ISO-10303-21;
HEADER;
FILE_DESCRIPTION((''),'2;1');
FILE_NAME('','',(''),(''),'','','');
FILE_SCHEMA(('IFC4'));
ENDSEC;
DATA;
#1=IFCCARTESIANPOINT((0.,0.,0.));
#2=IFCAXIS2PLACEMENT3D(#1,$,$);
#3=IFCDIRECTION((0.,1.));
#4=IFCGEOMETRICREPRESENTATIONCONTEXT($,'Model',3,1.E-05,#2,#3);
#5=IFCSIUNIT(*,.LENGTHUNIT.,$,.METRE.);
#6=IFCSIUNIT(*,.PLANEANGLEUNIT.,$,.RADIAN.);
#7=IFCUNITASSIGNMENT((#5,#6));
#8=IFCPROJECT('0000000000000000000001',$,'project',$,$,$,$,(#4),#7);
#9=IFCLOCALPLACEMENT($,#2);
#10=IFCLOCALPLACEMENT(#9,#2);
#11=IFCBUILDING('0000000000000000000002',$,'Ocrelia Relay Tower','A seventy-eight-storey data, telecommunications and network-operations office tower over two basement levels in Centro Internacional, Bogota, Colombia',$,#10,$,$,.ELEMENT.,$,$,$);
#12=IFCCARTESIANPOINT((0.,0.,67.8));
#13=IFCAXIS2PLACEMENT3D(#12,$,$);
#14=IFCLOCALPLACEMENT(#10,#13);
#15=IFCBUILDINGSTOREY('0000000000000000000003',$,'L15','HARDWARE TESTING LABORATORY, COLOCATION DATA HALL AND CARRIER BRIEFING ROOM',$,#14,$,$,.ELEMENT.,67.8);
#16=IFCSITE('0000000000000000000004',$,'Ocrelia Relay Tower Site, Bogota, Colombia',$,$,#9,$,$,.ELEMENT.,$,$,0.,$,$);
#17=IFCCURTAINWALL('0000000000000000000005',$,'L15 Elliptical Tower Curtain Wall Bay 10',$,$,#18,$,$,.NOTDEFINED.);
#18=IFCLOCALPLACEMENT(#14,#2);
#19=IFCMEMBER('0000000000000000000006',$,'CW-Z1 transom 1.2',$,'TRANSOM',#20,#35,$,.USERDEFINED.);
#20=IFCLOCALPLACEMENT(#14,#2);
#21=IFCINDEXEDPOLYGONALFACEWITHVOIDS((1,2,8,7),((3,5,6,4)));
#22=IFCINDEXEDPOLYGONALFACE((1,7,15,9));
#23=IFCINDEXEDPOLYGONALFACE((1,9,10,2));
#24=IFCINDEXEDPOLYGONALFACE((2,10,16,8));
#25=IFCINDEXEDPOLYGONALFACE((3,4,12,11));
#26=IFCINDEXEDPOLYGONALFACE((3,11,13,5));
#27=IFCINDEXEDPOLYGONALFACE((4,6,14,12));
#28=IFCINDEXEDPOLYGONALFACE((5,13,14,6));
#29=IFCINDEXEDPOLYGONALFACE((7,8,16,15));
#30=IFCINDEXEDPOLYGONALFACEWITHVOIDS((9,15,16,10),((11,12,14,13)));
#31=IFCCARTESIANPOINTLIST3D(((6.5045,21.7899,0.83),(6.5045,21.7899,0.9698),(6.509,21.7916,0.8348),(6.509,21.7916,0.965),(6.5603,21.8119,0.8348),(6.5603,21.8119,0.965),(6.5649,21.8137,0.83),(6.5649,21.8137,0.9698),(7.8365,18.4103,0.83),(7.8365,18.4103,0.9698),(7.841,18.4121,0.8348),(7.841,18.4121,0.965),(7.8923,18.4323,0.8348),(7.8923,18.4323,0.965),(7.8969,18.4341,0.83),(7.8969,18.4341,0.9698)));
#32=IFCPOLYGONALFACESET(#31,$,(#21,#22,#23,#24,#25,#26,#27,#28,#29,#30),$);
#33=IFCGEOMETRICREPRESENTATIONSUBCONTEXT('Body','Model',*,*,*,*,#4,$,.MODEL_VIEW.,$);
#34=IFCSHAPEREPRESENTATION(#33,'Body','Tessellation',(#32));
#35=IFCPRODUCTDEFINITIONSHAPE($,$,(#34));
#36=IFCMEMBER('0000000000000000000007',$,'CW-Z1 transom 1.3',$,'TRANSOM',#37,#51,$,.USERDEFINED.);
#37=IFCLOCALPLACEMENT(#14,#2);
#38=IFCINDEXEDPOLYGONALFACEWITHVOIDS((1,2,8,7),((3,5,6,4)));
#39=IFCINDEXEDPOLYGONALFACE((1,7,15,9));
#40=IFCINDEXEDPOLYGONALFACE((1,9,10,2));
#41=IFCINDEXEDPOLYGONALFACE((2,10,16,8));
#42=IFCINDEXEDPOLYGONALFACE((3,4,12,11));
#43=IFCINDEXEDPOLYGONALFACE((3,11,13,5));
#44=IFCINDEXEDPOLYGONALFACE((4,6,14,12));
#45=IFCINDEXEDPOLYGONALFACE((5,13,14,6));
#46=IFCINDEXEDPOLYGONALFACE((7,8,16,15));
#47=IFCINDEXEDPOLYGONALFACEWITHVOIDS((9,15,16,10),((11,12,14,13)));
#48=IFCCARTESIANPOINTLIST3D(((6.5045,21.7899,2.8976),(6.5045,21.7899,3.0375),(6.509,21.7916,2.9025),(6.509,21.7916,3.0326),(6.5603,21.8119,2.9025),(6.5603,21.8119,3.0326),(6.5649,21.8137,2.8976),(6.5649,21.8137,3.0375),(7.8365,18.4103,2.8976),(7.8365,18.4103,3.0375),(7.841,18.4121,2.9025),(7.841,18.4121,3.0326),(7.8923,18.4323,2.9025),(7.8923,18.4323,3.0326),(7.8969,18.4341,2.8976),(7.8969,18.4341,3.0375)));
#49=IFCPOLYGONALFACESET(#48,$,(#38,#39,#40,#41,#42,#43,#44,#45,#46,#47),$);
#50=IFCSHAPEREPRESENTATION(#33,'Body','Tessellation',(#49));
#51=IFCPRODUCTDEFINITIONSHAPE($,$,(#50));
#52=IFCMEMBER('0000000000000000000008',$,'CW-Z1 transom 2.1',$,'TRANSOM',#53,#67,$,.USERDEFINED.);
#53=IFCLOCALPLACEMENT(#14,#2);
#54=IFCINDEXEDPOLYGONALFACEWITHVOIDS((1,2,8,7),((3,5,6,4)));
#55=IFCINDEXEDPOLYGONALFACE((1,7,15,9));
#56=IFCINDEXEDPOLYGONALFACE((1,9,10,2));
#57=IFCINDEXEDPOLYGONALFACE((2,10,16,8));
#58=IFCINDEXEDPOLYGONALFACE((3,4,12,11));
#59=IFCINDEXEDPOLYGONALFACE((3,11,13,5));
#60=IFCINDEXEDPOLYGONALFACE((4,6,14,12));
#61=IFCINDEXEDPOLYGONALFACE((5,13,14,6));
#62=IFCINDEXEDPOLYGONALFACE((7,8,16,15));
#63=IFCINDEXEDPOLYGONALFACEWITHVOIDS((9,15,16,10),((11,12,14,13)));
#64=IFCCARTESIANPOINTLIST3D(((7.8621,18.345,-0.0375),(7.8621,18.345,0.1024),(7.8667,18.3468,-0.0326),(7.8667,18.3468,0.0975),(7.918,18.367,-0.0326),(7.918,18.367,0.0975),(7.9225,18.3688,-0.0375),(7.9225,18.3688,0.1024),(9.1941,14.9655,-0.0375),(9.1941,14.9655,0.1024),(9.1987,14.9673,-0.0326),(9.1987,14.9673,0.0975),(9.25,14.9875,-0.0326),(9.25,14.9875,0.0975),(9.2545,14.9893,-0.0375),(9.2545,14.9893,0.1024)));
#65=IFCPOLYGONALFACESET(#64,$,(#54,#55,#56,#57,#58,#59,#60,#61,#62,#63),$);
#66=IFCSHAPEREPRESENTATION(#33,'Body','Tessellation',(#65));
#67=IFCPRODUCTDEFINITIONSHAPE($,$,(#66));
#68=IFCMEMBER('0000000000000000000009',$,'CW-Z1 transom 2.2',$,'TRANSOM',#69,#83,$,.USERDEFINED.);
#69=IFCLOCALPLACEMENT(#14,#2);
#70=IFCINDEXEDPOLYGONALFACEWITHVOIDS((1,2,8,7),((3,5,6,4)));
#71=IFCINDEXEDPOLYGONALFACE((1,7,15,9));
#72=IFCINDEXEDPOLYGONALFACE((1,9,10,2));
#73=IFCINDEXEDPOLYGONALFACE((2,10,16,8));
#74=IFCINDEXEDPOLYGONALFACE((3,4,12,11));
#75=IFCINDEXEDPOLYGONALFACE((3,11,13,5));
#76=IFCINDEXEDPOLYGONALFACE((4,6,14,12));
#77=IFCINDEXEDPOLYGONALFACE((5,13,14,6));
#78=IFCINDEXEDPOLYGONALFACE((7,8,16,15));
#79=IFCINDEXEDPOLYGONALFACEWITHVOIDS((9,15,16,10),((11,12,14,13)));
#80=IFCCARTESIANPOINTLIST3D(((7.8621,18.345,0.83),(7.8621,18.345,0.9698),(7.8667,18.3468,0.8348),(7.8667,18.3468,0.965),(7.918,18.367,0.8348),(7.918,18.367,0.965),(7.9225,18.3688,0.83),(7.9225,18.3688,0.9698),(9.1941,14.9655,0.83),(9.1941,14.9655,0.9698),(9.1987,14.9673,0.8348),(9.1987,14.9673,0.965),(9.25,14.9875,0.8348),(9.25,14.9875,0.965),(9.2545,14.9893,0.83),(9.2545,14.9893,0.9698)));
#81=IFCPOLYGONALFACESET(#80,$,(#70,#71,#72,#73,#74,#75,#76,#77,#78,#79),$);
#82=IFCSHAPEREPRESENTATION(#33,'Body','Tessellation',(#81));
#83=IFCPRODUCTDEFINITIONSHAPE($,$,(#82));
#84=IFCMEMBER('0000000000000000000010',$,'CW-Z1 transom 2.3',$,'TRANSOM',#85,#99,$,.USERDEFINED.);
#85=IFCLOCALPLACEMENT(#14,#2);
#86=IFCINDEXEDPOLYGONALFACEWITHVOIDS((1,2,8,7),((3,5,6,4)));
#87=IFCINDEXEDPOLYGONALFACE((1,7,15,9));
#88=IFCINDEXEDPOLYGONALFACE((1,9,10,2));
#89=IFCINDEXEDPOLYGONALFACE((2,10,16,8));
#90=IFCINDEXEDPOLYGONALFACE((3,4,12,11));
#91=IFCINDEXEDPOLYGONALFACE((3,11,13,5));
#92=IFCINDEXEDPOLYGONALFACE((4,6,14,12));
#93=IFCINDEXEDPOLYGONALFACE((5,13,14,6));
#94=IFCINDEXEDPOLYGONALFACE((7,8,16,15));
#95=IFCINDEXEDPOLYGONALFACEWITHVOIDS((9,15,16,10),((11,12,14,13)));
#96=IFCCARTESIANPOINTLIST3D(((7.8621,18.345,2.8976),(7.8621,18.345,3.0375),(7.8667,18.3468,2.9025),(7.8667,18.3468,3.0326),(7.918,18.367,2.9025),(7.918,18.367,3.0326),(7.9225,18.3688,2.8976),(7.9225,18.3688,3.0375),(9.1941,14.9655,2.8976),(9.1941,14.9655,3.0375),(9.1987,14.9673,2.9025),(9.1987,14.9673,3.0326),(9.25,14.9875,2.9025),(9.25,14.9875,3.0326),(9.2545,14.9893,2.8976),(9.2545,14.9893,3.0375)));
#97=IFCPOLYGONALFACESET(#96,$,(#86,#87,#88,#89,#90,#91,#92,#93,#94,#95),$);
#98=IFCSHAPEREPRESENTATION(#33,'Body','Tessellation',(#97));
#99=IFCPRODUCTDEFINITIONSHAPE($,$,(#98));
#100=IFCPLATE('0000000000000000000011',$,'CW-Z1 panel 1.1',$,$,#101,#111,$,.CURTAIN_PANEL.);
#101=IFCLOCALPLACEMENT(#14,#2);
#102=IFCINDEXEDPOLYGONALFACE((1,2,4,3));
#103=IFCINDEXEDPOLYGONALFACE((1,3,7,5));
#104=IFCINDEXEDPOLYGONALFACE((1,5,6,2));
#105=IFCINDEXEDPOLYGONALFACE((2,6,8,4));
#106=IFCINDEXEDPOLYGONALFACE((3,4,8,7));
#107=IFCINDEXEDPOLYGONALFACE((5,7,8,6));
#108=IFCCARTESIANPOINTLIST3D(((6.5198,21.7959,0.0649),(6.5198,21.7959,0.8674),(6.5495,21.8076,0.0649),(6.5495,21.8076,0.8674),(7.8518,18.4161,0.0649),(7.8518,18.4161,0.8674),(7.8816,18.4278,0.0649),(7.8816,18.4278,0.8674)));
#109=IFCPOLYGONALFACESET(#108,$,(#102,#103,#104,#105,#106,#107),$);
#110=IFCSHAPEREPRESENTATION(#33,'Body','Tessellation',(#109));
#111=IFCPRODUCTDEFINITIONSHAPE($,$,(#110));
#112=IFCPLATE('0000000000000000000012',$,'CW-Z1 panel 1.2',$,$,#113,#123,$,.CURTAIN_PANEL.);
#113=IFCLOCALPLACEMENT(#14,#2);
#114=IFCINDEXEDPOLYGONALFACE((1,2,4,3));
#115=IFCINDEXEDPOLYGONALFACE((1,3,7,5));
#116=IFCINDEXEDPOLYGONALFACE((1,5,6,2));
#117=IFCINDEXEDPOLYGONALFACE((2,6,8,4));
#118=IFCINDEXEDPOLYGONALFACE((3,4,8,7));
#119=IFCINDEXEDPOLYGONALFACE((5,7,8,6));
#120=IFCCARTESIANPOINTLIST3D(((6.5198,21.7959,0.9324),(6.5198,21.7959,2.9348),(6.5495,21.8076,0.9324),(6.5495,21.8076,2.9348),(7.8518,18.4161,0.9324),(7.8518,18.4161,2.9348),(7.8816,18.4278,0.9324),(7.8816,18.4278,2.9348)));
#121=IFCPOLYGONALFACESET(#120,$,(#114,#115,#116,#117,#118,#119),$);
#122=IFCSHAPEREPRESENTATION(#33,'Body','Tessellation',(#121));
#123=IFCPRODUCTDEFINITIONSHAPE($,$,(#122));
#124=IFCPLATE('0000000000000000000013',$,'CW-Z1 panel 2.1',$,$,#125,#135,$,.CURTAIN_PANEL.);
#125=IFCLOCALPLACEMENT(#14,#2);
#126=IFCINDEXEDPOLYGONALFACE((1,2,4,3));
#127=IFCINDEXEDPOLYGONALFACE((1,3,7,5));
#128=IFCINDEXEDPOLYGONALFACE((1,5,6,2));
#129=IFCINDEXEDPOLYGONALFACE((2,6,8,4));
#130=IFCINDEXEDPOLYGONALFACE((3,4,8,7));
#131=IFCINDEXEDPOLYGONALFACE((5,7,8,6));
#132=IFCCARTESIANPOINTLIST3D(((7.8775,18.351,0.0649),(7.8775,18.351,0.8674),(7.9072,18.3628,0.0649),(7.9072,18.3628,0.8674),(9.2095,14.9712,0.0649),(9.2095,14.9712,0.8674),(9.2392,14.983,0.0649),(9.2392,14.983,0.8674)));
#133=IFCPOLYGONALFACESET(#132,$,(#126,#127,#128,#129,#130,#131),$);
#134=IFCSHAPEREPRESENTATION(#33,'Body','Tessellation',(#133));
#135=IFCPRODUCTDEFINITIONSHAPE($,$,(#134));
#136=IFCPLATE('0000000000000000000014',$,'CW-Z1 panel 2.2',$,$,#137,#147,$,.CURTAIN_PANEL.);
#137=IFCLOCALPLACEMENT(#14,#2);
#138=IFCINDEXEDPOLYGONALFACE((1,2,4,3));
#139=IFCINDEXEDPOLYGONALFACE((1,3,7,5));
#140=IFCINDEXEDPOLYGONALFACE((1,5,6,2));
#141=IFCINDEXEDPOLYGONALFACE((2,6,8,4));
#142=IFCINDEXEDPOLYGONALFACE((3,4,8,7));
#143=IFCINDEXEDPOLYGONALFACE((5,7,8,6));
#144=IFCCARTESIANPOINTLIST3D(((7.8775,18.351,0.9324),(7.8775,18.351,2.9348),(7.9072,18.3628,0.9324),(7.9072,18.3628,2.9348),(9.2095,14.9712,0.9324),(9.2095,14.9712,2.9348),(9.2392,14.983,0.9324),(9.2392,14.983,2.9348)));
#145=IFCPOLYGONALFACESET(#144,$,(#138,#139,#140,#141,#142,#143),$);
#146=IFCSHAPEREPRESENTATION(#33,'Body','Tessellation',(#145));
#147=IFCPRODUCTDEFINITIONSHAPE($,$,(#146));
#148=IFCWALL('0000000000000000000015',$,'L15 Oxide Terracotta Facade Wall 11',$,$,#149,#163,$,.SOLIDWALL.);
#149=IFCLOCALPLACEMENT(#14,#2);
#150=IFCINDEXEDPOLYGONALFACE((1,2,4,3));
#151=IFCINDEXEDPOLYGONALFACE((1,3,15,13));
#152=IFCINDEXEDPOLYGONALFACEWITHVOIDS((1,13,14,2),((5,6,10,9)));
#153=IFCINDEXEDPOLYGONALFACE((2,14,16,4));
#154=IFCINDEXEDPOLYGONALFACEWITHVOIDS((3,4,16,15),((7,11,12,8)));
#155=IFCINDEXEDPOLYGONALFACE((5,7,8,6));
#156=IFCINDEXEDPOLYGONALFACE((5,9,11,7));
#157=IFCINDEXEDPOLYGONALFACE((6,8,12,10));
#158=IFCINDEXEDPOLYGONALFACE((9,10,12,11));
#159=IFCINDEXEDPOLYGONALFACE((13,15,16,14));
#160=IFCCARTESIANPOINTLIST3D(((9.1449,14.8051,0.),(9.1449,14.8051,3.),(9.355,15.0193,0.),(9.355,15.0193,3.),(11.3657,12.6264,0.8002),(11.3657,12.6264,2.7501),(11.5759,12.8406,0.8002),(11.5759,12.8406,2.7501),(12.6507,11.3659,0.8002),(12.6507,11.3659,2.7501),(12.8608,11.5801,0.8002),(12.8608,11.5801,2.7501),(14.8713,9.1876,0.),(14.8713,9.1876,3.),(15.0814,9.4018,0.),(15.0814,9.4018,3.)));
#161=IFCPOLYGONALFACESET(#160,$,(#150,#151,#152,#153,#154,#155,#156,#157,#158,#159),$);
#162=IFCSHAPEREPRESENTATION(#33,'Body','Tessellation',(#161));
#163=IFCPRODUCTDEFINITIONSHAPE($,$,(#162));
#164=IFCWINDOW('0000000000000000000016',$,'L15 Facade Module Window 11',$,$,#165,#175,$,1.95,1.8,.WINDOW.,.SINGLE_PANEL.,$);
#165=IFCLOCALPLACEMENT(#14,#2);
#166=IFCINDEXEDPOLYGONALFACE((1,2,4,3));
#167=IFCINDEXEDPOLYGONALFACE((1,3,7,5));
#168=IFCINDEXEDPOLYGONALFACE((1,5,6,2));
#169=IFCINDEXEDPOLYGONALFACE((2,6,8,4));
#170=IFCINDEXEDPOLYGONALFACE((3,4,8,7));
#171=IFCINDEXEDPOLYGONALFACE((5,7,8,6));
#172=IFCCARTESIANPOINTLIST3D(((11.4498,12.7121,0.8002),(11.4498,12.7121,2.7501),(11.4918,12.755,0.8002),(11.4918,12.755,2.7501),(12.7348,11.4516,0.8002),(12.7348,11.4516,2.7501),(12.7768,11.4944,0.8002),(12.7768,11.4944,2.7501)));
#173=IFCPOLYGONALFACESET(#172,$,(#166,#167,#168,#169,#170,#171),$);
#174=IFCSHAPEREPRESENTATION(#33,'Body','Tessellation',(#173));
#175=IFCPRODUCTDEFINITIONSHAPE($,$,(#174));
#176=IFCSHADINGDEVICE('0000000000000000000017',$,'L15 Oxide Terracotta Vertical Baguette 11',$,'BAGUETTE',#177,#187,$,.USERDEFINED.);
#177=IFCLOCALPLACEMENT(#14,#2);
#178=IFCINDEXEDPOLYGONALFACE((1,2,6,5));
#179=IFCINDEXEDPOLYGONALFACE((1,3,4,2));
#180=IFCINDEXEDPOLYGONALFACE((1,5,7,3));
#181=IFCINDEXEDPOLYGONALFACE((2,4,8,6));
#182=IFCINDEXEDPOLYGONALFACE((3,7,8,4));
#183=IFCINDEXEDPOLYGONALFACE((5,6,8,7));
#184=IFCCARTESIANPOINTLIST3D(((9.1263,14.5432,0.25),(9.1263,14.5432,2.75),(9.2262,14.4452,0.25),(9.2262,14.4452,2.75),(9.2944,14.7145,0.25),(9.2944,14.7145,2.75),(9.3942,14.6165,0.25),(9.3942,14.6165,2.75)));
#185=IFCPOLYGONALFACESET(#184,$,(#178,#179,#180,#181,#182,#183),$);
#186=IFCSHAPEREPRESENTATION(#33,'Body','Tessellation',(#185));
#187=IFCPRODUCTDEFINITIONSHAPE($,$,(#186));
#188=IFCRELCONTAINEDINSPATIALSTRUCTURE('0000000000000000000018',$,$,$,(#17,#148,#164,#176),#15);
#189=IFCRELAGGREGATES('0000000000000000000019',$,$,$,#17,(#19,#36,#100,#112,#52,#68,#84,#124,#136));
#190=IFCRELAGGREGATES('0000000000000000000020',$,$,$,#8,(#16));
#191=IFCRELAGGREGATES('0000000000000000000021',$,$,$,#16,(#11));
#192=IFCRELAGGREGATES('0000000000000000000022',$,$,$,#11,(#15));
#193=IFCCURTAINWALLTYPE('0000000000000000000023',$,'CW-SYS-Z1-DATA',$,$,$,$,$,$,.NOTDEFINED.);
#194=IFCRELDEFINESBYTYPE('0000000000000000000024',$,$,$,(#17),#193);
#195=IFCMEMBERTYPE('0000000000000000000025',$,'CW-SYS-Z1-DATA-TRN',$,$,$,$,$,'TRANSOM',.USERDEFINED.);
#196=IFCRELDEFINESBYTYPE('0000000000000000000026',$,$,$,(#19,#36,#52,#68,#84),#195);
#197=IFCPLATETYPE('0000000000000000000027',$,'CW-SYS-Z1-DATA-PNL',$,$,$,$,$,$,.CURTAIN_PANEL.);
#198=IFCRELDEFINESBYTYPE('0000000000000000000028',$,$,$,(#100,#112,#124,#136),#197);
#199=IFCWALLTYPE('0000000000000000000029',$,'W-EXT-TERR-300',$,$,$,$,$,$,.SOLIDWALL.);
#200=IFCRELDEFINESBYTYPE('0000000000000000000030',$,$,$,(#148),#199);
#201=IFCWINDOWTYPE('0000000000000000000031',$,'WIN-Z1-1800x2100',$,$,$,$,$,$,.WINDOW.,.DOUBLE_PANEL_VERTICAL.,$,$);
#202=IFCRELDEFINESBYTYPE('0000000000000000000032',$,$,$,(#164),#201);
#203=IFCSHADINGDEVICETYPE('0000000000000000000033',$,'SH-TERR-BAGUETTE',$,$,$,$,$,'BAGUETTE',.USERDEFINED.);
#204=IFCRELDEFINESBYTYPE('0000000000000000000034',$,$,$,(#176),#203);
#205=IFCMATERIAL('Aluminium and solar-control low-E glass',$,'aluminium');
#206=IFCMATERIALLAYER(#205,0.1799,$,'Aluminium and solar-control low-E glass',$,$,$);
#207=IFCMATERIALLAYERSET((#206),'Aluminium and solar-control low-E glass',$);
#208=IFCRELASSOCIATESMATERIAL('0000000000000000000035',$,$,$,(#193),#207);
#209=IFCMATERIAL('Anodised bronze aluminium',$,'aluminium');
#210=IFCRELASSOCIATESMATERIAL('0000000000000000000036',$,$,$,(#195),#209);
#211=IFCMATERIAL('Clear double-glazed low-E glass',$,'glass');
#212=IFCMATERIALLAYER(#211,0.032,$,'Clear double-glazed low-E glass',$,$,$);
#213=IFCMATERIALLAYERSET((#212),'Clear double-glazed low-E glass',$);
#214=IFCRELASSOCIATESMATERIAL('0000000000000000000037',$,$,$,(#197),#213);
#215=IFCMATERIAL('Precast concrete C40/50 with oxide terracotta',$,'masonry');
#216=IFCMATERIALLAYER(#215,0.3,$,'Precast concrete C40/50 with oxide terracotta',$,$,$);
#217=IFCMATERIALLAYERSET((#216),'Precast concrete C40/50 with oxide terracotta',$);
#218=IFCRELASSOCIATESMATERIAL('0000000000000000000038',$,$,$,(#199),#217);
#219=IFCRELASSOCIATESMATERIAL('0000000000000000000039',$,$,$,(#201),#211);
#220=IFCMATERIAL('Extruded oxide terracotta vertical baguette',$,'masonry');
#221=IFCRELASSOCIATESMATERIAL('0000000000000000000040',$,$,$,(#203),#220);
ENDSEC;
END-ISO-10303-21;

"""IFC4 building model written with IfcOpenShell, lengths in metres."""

from ifc_helpers import new_model, si_unit, direction, frame, frame_2d, origin, origin_2d, place, context, subcontext, project, spatial, rectangle, hollow_rectangle, extrude, material, layer, layer_set, material_profile, profile_set, type_object, element, fill, aggregate, save


model = new_model("IFC4")

# Units and contexts
model_context = context("Model", 3, precision=1e-05, world=origin(), true_north=direction((0.0, 1.0)))
body_context = subcontext(model_context, "Body", "Model", "MODEL_VIEW")
ifc_project = project(units=[si_unit("LENGTHUNIT", "METRE"), si_unit("PLANEANGLEUNIT", "RADIAN")], contexts=[model_context])

# Site, building, storey
site_placement = place(None, origin())
site = spatial("IfcSite", under=ifc_project, at=site_placement, Name="Ocrelia Relay Tower Site, Bogota, Colombia", CompositionType="ELEMENT", RefElevation=0.0)
building_placement = place(site_placement, origin())
building = spatial("IfcBuilding", under=site, at=building_placement, Name="Ocrelia Relay Tower", Description="A seventy-eight-storey data, telecommunications and network-operations office tower over two basement levels in Centro Internacional, Bogota, Colombia", CompositionType="ELEMENT")
storey_placement = place(building_placement, frame((0.0, 0.0, 67.8)))
storey = spatial("IfcBuildingStorey", under=building, at=storey_placement, Name="L15", Description="HARDWARE TESTING LABORATORY, COLOCATION DATA HALL AND CARRIER BRIEFING ROOM", CompositionType="ELEMENT", Elevation=67.8)

# Shared definitions
ifc_material_1 = material(Name="Aluminium and solar-control low-E glass", Category="aluminium")
ifc_layer_1 = layer(ifc_material_1, 0.1799, Name="Aluminium and solar-control low-E glass")
ifc_layer_set_1 = layer_set([ifc_layer_1], Name="Aluminium and solar-control low-E glass")
curtain_wall_type = type_object("IfcCurtainWallType", Name="CW-SYS-Z1-DATA", PredefinedType="NOTDEFINED", material=ifc_layer_set_1)
ifc_material_2 = material(Name="Anodised bronze aluminium", Category="aluminium")

# Curtain wall, members, plates
curtain_wall_1_placement = place(storey_placement, origin())
curtain_wall_1 = element("IfcCurtainWall", 1, at=curtain_wall_1_placement, inside=storey, type_object=curtain_wall_type, Name="L15 Elliptical Tower Curtain Wall Bay 10", PredefinedType="NOTDEFINED")
ifc_material_profile_1 = material_profile(ifc_material_2, hollow_rectangle(XDim=0.0649, YDim=0.1399, WallThickness=0.0049, at=origin_2d()), Name="CW-TRN-140x65")
ifc_profile_set_1 = profile_set([ifc_material_profile_1], Name="Anodised bronze aluminium")
member_type_1 = type_object("IfcMemberType", Name="CW-SYS-Z1-DATA-TRN", ElementType="TRANSOM", PredefinedType="USERDEFINED", material=ifc_profile_set_1)
member_1_placement = place(storey_placement, frame((6.5347, 21.8018, 0.8999), z_axis=(0.366681, -0.930347, 0.0), x_axis=(0.930347, 0.366681, 0.0)))
member_1 = element("IfcMember", 2, at=member_1_placement, type_object=member_type_1, Name="CW-Z1 transom 1.2", ObjectType="TRANSOM", PredefinedType="USERDEFINED", context=body_context, shape_type="SweptSolid", body=[
    extrude(hollow_rectangle(XDim=0.0649, YDim=0.1399, WallThickness=0.0049, at=origin_2d()), origin(), (0.0, 0.0, 1.0), 3.6326),
])
member_2_placement = place(storey_placement, frame((6.5347, 21.8018, 2.9675), z_axis=(0.366681, -0.930347, 0.0), x_axis=(0.930347, 0.366681, 0.0)))
member_2 = element("IfcMember", 3, at=member_2_placement, type_object=member_type_1, Name="CW-Z1 transom 1.3", ObjectType="TRANSOM", PredefinedType="USERDEFINED", context=body_context, shape_type="SweptSolid", body=[
    extrude(hollow_rectangle(XDim=0.0649, YDim=0.1399, WallThickness=0.0049, at=origin_2d()), origin(), (0.0, 0.0, 1.0), 3.6326),
])
member_3_placement = place(storey_placement, frame((7.8923, 18.3569, 0.0325), z_axis=(0.366681, -0.930347, 0.0), x_axis=(0.930347, 0.366681, 0.0)))
member_3 = element("IfcMember", 4, at=member_3_placement, type_object=member_type_1, Name="CW-Z1 transom 2.1", ObjectType="TRANSOM", PredefinedType="USERDEFINED", context=body_context, shape_type="SweptSolid", body=[
    extrude(hollow_rectangle(XDim=0.0649, YDim=0.1399, WallThickness=0.0049, at=origin_2d()), origin(), (0.0, 0.0, 1.0), 3.6326),
])
member_4_placement = place(storey_placement, frame((7.8923, 18.3569, 0.8999), z_axis=(0.366681, -0.930347, 0.0), x_axis=(0.930347, 0.366681, 0.0)))
member_4 = element("IfcMember", 5, at=member_4_placement, type_object=member_type_1, Name="CW-Z1 transom 2.2", ObjectType="TRANSOM", PredefinedType="USERDEFINED", context=body_context, shape_type="SweptSolid", body=[
    extrude(hollow_rectangle(XDim=0.0649, YDim=0.1399, WallThickness=0.0049, at=origin_2d()), origin(), (0.0, 0.0, 1.0), 3.6326),
])
member_5_placement = place(storey_placement, frame((7.8923, 18.3569, 2.9675), z_axis=(0.366681, -0.930347, 0.0), x_axis=(0.930347, 0.366681, 0.0)))
member_5 = element("IfcMember", 6, at=member_5_placement, type_object=member_type_1, Name="CW-Z1 transom 2.3", ObjectType="TRANSOM", PredefinedType="USERDEFINED", context=body_context, shape_type="SweptSolid", body=[
    extrude(hollow_rectangle(XDim=0.0649, YDim=0.1399, WallThickness=0.0049, at=origin_2d()), origin(), (0.0, 0.0, 1.0), 3.6326),
])
ifc_material_3 = material(Name="Clear double-glazed low-E glass", Category="glass")
ifc_layer_2 = layer(ifc_material_3, 0.032, Name="Clear double-glazed low-E glass")
ifc_layer_set_2 = layer_set([ifc_layer_2], Name="Clear double-glazed low-E glass")
plate_type = type_object("IfcPlateType", Name="CW-SYS-Z1-DATA-PNL", PredefinedType="CURTAIN_PANEL", material=ifc_layer_set_2)
plate_1_placement = place(storey_placement, frame((7.2007, 20.1118, 0.0649), z_axis=(0.0, 0.0, 1.0), x_axis=(0.366667, -0.930352, 0.0)))
plate_1 = element("IfcPlate", 7, at=plate_1_placement, type_object=plate_type, Name="CW-Z1 panel 1.1", PredefinedType="CURTAIN_PANEL", context=body_context, shape_type="SweptSolid", body=[
    extrude(rectangle(XDim=3.6328, YDim=0.032, at=origin_2d()), origin(), (0.0, 0.0, 1.0), 0.8025),
])
plate_2_placement = place(storey_placement, frame((7.2007, 20.1118, 0.9324), z_axis=(0.0, 0.0, 1.0), x_axis=(0.366667, -0.930352, 0.0)))
plate_2 = element("IfcPlate", 8, at=plate_2_placement, type_object=plate_type, Name="CW-Z1 panel 1.2", PredefinedType="CURTAIN_PANEL", context=body_context, shape_type="SweptSolid", body=[
    extrude(rectangle(XDim=3.6328, YDim=0.032, at=origin_2d()), origin(), (0.0, 0.0, 1.0), 2.0024),
])
plate_3_placement = place(storey_placement, frame((8.5583, 16.667, 0.0649), z_axis=(0.0, 0.0, 1.0), x_axis=(0.366667, -0.930352, 0.0)))
plate_3 = element("IfcPlate", 9, at=plate_3_placement, type_object=plate_type, Name="CW-Z1 panel 2.1", PredefinedType="CURTAIN_PANEL", context=body_context, shape_type="SweptSolid", body=[
    extrude(rectangle(XDim=3.6328, YDim=0.032, at=origin_2d()), origin(), (0.0, 0.0, 1.0), 0.8025),
])
plate_4_placement = place(storey_placement, frame((8.5583, 16.667, 0.9324), z_axis=(0.0, 0.0, 1.0), x_axis=(0.366667, -0.930352, 0.0)))
plate_4 = element("IfcPlate", 10, at=plate_4_placement, type_object=plate_type, Name="CW-Z1 panel 2.2", PredefinedType="CURTAIN_PANEL", context=body_context, shape_type="SweptSolid", body=[
    extrude(rectangle(XDim=3.6328, YDim=0.032, at=origin_2d()), origin(), (0.0, 0.0, 1.0), 2.0024),
])
aggregate(curtain_wall_1, [member_1, member_2, plate_1, plate_2, member_3, member_4, member_5, plate_3, plate_4])

# Wall, opening, window
ifc_material_4 = material(Name="Precast concrete C40/50 with oxide terracotta", Category="masonry")
ifc_layer_3 = layer(ifc_material_4, 0.3, Name="Precast concrete C40/50 with oxide terracotta")
ifc_layer_set_3 = layer_set([ifc_layer_3], Name="Precast concrete C40/50 with oxide terracotta")
wall_type = type_object("IfcWallType", Name="W-EXT-TERR-300", PredefinedType="SOLIDWALL", material=ifc_layer_set_3)
wall_placement = place(storey_placement, frame((9.25, 14.9121, 0.0), z_axis=(0.0, 0.0, 1.0), x_axis=(0.713861, -0.700287, 0.0)))
wall = element("IfcWall", 11, at=wall_placement, inside=storey, type_object=wall_type, Name="L15 Oxide Terracotta Facade Wall 11", PredefinedType="SOLIDWALL", context=body_context, shape_type="SweptSolid", body=[
    extrude(rectangle(XDim=8.0217, YDim=0.3, at=frame_2d((4.0107, 0.0))), origin(), (0.0, 0.0, 1.0), 3.0),
])
opening_placement = place(wall_placement, frame((3.1111, 0.0, 0.8)))
opening = element("IfcOpeningElement", 12, at=opening_placement, cuts=wall, PredefinedType="OPENING", context=body_context, shape_type="SweptSolid", body=[
    extrude(rectangle(XDim=1.8, YDim=1.95, at=frame_2d((0.8999, 0.9751))), frame((0.0, 0.1602, 0.0), z_axis=(0.0, -1.0, 0.0), x_axis=(1.0, 0.0, 0.0)), (0.0, 0.0, 1.0), 0.3201),
])
window_type = type_object("IfcWindowType", Name="WIN-Z1-1800x2100", PartitioningType="DOUBLE_PANEL_VERTICAL", PredefinedType="WINDOW", material=ifc_material_3)
window_placement = place(opening_placement, origin())
window = element("IfcWindow", 13, at=window_placement, inside=storey, type_object=window_type, Name="L15 Facade Module Window 11", OverallHeight=1.95, OverallWidth=1.8, PartitioningType="SINGLE_PANEL", PredefinedType="WINDOW", context=body_context, shape_type="SweptSolid", body=[
    extrude(rectangle(XDim=1.8, YDim=1.95, at=frame_2d((0.8999, 0.9751))), frame((0.0, 0.03, 0.0), z_axis=(0.0, -1.0, 0.0), x_axis=(1.0, 0.0, 0.0)), (0.0, 0.0, 1.0), 0.0601),
])
fill(opening, window)

# Shading device
ifc_material_5 = material(Name="Extruded oxide terracotta vertical baguette", Category="masonry")
shading_device_type_1 = type_object("IfcShadingDeviceType", Name="SH-TERR-BAGUETTE", ElementType="BAGUETTE", PredefinedType="USERDEFINED", material=ifc_material_5)
shading_device_1_placement = place(storey_placement, frame((9.2603, 14.5798, 0.25), z_axis=(0.0, 0.0, 1.0), x_axis=(0.71385, -0.700299, 0.0)))
element("IfcShadingDevice", 14, at=shading_device_1_placement, inside=storey, type_object=shading_device_type_1, Name="L15 Oxide Terracotta Vertical Baguette 11", ObjectType="BAGUETTE", PredefinedType="USERDEFINED", context=body_context, shape_type="SweptSolid", body=[
    extrude(rectangle(XDim=0.1399, YDim=0.24, at=origin_2d()), origin(), (0.0, 0.0, 1.0), 2.5),
])

save(model, "model.ifc")
